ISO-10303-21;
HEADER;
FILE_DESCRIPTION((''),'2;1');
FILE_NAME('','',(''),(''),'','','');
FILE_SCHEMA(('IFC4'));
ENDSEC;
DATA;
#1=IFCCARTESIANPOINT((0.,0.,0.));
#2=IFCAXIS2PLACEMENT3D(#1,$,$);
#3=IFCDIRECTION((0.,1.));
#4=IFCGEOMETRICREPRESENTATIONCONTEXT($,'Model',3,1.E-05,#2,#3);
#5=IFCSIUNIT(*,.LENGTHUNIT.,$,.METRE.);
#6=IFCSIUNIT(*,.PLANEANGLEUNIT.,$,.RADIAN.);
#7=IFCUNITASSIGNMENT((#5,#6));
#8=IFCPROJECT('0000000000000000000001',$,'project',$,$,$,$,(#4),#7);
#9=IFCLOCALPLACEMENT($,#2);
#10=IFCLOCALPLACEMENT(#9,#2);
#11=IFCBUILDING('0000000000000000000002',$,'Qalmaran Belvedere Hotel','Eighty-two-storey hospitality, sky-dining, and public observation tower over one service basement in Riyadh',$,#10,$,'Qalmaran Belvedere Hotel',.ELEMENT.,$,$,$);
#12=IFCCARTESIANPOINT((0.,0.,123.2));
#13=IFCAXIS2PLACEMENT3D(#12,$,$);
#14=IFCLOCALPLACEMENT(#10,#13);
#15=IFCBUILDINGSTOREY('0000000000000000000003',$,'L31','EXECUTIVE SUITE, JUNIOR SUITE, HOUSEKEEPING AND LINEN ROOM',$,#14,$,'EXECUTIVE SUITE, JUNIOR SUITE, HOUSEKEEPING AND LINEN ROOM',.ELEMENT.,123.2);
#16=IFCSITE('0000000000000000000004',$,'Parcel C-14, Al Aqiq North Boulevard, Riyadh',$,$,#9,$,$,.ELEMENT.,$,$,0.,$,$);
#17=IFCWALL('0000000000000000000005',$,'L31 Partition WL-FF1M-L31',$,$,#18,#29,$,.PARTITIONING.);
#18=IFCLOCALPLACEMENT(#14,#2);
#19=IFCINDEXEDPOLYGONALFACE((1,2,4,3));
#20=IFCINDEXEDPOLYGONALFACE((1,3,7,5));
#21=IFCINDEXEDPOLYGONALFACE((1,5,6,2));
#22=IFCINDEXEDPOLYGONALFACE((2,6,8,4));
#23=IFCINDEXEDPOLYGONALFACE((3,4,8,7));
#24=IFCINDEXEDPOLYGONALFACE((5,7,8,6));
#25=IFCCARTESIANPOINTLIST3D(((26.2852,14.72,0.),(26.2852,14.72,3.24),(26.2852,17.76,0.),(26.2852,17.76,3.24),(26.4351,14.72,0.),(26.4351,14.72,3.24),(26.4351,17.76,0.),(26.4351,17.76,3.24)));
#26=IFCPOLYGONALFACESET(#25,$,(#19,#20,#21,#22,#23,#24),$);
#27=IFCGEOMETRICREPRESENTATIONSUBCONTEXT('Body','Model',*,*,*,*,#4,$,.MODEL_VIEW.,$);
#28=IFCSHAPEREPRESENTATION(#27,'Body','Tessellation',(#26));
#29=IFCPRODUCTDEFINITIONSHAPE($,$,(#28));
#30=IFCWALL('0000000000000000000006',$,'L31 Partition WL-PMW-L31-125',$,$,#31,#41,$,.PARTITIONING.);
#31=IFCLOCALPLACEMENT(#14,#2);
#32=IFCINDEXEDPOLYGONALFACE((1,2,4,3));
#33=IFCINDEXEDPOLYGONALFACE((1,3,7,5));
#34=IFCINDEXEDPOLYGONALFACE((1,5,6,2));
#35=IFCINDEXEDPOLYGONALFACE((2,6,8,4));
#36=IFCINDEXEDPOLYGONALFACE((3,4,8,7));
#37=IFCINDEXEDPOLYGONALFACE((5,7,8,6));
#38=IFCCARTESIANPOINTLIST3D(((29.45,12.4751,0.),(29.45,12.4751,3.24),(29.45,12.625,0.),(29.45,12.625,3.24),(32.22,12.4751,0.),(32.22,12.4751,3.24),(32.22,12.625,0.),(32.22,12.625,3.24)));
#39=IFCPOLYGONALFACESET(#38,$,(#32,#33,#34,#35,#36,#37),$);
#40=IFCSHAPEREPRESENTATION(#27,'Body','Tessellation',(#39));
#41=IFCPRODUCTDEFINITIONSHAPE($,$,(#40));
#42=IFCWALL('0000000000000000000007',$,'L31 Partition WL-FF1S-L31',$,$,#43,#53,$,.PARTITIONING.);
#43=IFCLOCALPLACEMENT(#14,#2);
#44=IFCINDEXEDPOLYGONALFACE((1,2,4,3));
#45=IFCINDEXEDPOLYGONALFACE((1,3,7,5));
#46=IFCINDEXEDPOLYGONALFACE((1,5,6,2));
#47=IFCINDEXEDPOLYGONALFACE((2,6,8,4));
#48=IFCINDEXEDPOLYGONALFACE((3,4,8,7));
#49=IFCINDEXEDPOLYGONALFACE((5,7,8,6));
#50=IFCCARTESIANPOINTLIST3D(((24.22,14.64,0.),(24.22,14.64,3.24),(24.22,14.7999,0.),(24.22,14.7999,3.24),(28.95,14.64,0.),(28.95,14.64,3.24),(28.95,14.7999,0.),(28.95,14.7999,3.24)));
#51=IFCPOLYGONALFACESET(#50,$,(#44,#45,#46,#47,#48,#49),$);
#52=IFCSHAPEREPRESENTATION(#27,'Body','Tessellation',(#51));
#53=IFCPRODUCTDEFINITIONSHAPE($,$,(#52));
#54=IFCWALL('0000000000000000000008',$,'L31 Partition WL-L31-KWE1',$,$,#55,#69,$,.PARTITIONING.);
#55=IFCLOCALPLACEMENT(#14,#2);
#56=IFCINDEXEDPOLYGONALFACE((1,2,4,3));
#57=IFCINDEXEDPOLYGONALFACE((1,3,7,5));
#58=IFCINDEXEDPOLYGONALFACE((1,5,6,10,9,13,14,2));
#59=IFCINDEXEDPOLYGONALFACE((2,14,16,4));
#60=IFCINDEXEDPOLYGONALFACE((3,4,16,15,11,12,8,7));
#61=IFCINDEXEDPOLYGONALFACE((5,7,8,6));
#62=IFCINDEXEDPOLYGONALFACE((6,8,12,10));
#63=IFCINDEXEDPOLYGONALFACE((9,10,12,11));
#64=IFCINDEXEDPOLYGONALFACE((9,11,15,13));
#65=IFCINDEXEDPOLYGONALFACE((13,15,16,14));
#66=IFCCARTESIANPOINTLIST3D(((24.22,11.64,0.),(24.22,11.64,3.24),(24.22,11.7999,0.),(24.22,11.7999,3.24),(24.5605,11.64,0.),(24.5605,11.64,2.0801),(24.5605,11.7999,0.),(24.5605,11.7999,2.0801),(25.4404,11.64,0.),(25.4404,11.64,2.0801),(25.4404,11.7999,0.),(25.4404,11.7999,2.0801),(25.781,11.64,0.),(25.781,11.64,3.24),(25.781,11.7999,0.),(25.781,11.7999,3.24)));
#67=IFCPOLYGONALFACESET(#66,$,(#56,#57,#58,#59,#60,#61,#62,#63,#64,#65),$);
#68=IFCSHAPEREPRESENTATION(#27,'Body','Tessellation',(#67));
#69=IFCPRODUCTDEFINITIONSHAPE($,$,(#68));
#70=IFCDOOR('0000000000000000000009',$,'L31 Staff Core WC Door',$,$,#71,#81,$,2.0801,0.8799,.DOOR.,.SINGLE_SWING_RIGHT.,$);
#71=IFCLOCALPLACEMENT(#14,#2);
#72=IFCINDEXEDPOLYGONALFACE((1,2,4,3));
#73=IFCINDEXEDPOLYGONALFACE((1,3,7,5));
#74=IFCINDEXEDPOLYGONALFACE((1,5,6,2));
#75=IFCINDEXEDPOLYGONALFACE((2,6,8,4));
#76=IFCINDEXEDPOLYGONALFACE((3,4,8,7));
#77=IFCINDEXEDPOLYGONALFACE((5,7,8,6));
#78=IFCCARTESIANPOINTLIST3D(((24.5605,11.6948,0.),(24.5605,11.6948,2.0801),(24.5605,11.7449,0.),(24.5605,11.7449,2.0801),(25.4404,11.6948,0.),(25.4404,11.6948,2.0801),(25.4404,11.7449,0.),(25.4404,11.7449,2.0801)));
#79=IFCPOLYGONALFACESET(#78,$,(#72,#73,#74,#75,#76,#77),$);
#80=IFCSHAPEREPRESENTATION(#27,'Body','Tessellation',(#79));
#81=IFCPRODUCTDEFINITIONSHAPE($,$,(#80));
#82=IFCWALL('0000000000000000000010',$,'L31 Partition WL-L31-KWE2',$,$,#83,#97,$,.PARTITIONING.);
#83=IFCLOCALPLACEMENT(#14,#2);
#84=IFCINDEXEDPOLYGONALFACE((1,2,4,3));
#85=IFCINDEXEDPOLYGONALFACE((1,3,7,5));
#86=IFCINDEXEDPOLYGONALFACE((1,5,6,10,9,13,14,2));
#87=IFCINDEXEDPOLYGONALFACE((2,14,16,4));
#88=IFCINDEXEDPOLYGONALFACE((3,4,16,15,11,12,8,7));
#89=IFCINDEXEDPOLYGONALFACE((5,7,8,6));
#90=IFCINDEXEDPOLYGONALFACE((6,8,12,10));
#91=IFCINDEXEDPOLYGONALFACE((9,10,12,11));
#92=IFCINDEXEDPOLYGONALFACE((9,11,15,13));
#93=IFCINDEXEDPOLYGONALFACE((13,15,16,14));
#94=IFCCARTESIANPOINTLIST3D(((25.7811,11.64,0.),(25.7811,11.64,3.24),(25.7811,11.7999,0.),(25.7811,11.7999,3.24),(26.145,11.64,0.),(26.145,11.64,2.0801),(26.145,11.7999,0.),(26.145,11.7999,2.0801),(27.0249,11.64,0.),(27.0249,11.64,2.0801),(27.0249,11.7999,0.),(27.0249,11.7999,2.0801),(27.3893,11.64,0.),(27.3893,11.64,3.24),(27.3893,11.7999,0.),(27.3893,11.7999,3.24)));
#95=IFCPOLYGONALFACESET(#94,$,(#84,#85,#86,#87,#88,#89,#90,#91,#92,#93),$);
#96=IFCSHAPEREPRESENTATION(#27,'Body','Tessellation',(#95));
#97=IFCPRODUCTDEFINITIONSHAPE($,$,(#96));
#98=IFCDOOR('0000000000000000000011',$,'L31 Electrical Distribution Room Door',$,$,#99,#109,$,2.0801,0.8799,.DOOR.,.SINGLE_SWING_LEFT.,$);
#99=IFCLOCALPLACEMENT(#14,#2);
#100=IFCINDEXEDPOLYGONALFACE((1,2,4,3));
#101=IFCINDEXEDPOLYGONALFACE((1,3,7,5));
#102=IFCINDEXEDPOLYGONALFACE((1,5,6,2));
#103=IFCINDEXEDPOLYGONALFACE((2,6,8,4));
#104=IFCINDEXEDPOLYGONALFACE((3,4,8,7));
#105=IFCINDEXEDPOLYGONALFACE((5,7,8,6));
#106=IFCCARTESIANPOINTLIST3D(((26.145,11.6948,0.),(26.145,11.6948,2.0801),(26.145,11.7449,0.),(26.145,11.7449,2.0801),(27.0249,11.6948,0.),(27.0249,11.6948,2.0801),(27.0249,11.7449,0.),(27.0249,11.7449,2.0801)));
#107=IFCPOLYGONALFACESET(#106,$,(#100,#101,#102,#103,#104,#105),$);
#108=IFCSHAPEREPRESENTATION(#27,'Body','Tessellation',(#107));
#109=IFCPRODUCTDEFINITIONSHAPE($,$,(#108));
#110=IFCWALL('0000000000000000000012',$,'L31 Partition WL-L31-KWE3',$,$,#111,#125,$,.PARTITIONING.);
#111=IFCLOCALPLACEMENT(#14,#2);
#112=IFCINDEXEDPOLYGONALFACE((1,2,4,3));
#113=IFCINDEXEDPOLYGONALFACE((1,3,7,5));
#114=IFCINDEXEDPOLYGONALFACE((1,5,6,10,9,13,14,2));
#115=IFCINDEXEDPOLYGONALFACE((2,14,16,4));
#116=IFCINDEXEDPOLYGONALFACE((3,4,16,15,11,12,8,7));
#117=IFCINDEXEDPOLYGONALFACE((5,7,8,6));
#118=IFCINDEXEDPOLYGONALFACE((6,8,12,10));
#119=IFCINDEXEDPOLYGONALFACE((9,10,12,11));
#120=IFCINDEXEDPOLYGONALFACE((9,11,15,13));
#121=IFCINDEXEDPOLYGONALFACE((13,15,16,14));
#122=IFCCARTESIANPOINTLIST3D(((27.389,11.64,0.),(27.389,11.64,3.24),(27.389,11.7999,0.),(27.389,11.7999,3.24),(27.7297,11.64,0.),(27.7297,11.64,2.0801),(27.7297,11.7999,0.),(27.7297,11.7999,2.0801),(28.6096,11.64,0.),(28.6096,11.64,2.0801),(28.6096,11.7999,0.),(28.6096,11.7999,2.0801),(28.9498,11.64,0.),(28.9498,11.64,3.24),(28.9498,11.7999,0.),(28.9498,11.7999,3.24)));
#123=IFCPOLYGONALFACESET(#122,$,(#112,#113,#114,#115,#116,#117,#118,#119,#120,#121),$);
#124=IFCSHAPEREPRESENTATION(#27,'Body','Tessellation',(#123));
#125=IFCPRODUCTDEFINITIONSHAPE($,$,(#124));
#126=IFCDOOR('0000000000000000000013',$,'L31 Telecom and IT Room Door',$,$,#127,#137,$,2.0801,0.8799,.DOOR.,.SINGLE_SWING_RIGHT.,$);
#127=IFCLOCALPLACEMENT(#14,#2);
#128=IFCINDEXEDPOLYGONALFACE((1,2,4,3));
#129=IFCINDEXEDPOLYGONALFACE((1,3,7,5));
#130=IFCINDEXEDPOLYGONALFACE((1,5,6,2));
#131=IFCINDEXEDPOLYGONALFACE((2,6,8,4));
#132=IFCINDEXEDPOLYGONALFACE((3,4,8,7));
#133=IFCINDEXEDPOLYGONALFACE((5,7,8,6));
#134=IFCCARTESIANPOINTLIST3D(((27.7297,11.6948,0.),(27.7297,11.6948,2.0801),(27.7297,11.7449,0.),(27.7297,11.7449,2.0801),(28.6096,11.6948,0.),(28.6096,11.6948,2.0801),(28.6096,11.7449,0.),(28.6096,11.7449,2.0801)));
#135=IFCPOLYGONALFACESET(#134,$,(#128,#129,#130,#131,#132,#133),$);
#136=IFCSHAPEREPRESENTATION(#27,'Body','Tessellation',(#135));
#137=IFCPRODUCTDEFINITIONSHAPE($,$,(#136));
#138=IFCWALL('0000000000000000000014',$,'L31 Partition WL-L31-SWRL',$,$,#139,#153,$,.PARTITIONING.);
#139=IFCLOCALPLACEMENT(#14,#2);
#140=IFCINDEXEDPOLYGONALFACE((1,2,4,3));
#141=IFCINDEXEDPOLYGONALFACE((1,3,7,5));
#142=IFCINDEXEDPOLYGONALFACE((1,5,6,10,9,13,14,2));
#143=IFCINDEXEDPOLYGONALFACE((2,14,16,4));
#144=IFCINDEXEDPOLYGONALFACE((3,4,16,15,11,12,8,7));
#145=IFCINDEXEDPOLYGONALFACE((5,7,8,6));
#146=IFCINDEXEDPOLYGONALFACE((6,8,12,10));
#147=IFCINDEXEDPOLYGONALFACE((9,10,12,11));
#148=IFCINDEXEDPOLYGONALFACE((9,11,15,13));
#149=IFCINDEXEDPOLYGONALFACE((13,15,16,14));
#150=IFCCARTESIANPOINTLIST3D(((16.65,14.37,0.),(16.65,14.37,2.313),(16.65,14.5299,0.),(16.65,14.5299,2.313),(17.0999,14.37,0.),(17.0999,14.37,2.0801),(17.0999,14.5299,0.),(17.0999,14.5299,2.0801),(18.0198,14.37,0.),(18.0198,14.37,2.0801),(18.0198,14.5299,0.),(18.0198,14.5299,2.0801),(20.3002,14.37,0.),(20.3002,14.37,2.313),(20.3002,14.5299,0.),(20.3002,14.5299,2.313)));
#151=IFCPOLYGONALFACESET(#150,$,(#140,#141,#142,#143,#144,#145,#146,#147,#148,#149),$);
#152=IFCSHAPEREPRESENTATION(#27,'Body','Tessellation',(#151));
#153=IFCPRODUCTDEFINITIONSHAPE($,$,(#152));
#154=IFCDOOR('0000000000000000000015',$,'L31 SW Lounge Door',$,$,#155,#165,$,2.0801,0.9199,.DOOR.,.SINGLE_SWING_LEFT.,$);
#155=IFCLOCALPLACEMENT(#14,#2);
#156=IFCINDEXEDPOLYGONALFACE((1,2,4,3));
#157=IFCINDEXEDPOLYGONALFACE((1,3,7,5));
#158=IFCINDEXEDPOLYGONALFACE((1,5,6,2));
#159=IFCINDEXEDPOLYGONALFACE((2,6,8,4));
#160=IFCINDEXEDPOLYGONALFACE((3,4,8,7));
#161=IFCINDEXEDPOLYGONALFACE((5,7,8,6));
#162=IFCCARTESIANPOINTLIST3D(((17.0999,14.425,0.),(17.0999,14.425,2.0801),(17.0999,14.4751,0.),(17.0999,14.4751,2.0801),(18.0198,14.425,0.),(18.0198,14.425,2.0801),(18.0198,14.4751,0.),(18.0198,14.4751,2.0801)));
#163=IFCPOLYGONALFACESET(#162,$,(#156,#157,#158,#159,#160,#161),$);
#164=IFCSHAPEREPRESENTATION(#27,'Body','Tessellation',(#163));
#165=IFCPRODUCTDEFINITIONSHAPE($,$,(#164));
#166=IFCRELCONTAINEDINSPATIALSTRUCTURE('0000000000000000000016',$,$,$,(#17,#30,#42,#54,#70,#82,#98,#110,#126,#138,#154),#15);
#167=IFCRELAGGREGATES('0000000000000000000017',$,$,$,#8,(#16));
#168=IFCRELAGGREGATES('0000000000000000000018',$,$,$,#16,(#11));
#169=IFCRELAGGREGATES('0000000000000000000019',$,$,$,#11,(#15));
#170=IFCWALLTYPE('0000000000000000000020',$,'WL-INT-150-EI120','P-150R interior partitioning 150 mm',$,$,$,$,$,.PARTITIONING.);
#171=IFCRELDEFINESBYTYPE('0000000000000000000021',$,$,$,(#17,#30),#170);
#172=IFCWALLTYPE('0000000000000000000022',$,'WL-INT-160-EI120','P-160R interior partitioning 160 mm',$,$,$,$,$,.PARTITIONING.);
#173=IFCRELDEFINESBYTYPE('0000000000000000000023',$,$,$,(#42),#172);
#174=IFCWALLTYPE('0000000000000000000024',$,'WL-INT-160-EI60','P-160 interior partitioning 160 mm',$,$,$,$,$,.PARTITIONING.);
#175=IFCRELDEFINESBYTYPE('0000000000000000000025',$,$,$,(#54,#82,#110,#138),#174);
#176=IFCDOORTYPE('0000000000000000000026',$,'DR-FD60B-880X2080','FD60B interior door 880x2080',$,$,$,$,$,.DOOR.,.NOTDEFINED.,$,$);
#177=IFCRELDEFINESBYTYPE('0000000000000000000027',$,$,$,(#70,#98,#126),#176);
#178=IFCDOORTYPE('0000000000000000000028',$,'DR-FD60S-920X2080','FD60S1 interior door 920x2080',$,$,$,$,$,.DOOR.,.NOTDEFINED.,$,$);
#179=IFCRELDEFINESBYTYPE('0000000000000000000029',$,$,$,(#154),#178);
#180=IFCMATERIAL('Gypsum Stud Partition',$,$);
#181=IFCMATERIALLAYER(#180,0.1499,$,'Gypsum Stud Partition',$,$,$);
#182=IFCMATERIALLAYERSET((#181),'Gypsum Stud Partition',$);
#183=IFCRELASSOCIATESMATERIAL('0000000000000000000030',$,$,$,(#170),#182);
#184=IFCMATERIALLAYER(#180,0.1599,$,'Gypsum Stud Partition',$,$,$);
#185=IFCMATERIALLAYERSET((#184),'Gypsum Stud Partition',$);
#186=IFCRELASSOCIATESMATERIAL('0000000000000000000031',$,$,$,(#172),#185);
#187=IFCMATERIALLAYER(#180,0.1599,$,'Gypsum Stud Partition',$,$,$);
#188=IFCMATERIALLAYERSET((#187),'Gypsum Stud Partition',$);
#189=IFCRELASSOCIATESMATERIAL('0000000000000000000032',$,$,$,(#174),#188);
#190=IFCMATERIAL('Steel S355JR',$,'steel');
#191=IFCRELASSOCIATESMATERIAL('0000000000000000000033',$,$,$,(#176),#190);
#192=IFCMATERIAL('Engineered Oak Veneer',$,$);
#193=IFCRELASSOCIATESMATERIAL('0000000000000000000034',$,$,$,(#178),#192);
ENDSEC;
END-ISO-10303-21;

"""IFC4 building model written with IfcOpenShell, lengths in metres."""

from ifc_helpers import new_model, si_unit, direction, frame, frame_2d, origin, place, context, subcontext, project, spatial, rectangle, extrude, material, layer, layer_set, type_object, element, fill, save


model = new_model("IFC4")

# Units and contexts
model_context = context("Model", 3, precision=1e-05, world=origin(), true_north=direction((0.0, 1.0)))
body_context = subcontext(model_context, "Body", "Model", "MODEL_VIEW")
ifc_project = project(units=[si_unit("LENGTHUNIT", "METRE"), si_unit("PLANEANGLEUNIT", "RADIAN")], contexts=[model_context])

# Site, building, storey
site_placement = place(None, origin())
site = spatial("IfcSite", under=ifc_project, at=site_placement, Name="Parcel C-14, Al Aqiq North Boulevard, Riyadh", CompositionType="ELEMENT", RefElevation=0.0)
building_placement = place(site_placement, origin())
building = spatial("IfcBuilding", under=site, at=building_placement, Name="Qalmaran Belvedere Hotel", Description="Eighty-two-storey hospitality, sky-dining, and public observation tower over one service basement in Riyadh", LongName="Qalmaran Belvedere Hotel", CompositionType="ELEMENT")
storey_placement = place(building_placement, frame((0.0, 0.0, 123.2)))
storey = spatial("IfcBuildingStorey", under=building, at=storey_placement, Name="L31", Description="EXECUTIVE SUITE, JUNIOR SUITE, HOUSEKEEPING AND LINEN ROOM", LongName="EXECUTIVE SUITE, JUNIOR SUITE, HOUSEKEEPING AND LINEN ROOM", CompositionType="ELEMENT", Elevation=123.2)

# Walls
ifc_material_1 = material(Name="Gypsum Stud Partition")
ifc_layer_1 = layer(ifc_material_1, 0.1499, Name="Gypsum Stud Partition")
ifc_layer_set_1 = layer_set([ifc_layer_1], Name="Gypsum Stud Partition")
wall_type_1 = type_object("IfcWallType", Name="WL-INT-150-EI120", Description="P-150R interior partitioning 150 mm", PredefinedType="PARTITIONING", material=ifc_layer_set_1)
wall_1_placement = place(storey_placement, frame((26.3601, 14.72, 0.0), z_axis=(0.0, 0.0, 1.0), x_axis=(0.0, 1.0, 0.0)))
element("IfcWall", 1, at=wall_1_placement, inside=storey, type_object=wall_type_1, Name="L31 Partition WL-FF1M-L31", PredefinedType="PARTITIONING", context=body_context, shape_type="SweptSolid", body=[
    extrude(rectangle(XDim=3.04, YDim=0.1499, at=frame_2d((1.52, 0.0))), origin(), (0.0, 0.0, 1.0), 3.24),
])
wall_2_placement = place(storey_placement, frame((29.45, 12.55, 0.0), z_axis=(0.0, 0.0, 1.0), x_axis=(1.0, 0.0, 0.0)))
element("IfcWall", 2, at=wall_2_placement, inside=storey, type_object=wall_type_1, Name="L31 Partition WL-PMW-L31-125", PredefinedType="PARTITIONING", context=body_context, shape_type="SweptSolid", body=[
    extrude(rectangle(XDim=2.77, YDim=0.1499, at=frame_2d((1.385, 0.0))), origin(), (0.0, 0.0, 1.0), 3.24),
])
ifc_layer_2 = layer(ifc_material_1, 0.1599, Name="Gypsum Stud Partition")
ifc_layer_set_2 = layer_set([ifc_layer_2], Name="Gypsum Stud Partition")
wall_type_2 = type_object("IfcWallType", Name="WL-INT-160-EI120", Description="P-160R interior partitioning 160 mm", PredefinedType="PARTITIONING", material=ifc_layer_set_2)
wall_3_placement = place(storey_placement, frame((24.22, 14.72, 0.0), z_axis=(0.0, 0.0, 1.0), x_axis=(1.0, 0.0, 0.0)))
element("IfcWall", 3, at=wall_3_placement, inside=storey, type_object=wall_type_2, Name="L31 Partition WL-FF1S-L31", PredefinedType="PARTITIONING", context=body_context, shape_type="SweptSolid", body=[
    extrude(rectangle(XDim=4.73, YDim=0.1599, at=frame_2d((2.365, 0.0))), origin(), (0.0, 0.0, 1.0), 3.24),
])

# Walls, openings, doors
ifc_layer_3 = layer(ifc_material_1, 0.1599, Name="Gypsum Stud Partition")
ifc_layer_set_3 = layer_set([ifc_layer_3], Name="Gypsum Stud Partition")
wall_type_3 = type_object("IfcWallType", Name="WL-INT-160-EI60", Description="P-160 interior partitioning 160 mm", PredefinedType="PARTITIONING", material=ifc_layer_set_3)
wall_4_placement = place(storey_placement, frame((24.22, 11.72, 0.0), z_axis=(0.0, 0.0, 1.0), x_axis=(1.0, 0.0, 0.0)))
wall_4 = element("IfcWall", 4, at=wall_4_placement, inside=storey, type_object=wall_type_3, Name="L31 Partition WL-L31-KWE1", PredefinedType="PARTITIONING", context=body_context, shape_type="SweptSolid", body=[
    extrude(rectangle(XDim=1.561, YDim=0.1599, at=frame_2d((0.7805, 0.0))), origin(), (0.0, 0.0, 1.0), 3.24),
])
opening_1_placement = place(wall_4_placement, frame((0.3406, 0.0, 0.0)))
opening_1 = element("IfcOpeningElement", 5, at=opening_1_placement, cuts=wall_4, PredefinedType="OPENING", context=body_context, shape_type="SweptSolid", body=[
    extrude(rectangle(XDim=0.8799, YDim=2.0801, at=frame_2d((0.4399, 1.04))), frame((0.0, 0.0898, 0.0), z_axis=(0.0, -1.0, 0.0), x_axis=(1.0, 0.0, 0.0)), (0.0, 0.0, 1.0), 0.1799),
])
ifc_material_2 = material(Name="Steel S355JR", Category="steel")
door_type_1 = type_object("IfcDoorType", Name="DR-FD60B-880X2080", Description="FD60B interior door 880x2080", OperationType="NOTDEFINED", PredefinedType="DOOR", material=ifc_material_2)
door_1_placement = place(opening_1_placement, origin())
door_1 = element("IfcDoor", 6, at=door_1_placement, inside=storey, type_object=door_type_1, Name="L31 Staff Core WC Door", OperationType="SINGLE_SWING_RIGHT", OverallHeight=2.0801, OverallWidth=0.8799, PredefinedType="DOOR", context=body_context, shape_type="SweptSolid", body=[
    extrude(rectangle(XDim=0.8799, YDim=2.0801, at=frame_2d((0.4399, 1.04))), frame((0.0, 0.0249, 0.0), z_axis=(0.0, -1.0, 0.0), x_axis=(1.0, 0.0, 0.0)), (0.0, 0.0, 1.0), 0.05),
])
fill(opening_1, door_1)
wall_5_placement = place(storey_placement, frame((25.781, 11.72, 0.0), z_axis=(0.0, 0.0, 1.0), x_axis=(1.0, 0.0, 0.0)))
wall_5 = element("IfcWall", 7, at=wall_5_placement, inside=storey, type_object=wall_type_3, Name="L31 Partition WL-L31-KWE2", PredefinedType="PARTITIONING", context=body_context, shape_type="SweptSolid", body=[
    extrude(rectangle(XDim=1.6082, YDim=0.1599, at=frame_2d((0.8042, 0.0))), origin(), (0.0, 0.0, 1.0), 3.24),
])
opening_2_placement = place(wall_5_placement, frame((0.364, 0.0, 0.0)))
opening_2 = element("IfcOpeningElement", 8, at=opening_2_placement, cuts=wall_5, PredefinedType="OPENING", context=body_context, shape_type="SweptSolid", body=[
    extrude(rectangle(XDim=0.8799, YDim=2.0801, at=frame_2d((0.4399, 1.04))), frame((0.0, 0.0898, 0.0), z_axis=(0.0, -1.0, 0.0), x_axis=(1.0, 0.0, 0.0)), (0.0, 0.0, 1.0), 0.1799),
])
door_2_placement = place(opening_2_placement, origin())
door_2 = element("IfcDoor", 9, at=door_2_placement, inside=storey, type_object=door_type_1, Name="L31 Electrical Distribution Room Door", OperationType="SINGLE_SWING_LEFT", OverallHeight=2.0801, OverallWidth=0.8799, PredefinedType="DOOR", context=body_context, shape_type="SweptSolid", body=[
    extrude(rectangle(XDim=0.8799, YDim=2.0801, at=frame_2d((0.4399, 1.04))), frame((0.0, 0.0249, 0.0), z_axis=(0.0, -1.0, 0.0), x_axis=(1.0, 0.0, 0.0)), (0.0, 0.0, 1.0), 0.05),
])
fill(opening_2, door_2)
wall_6_placement = place(storey_placement, frame((27.3892, 11.72, 0.0), z_axis=(0.0, 0.0, 1.0), x_axis=(1.0, 0.0, 0.0)))
wall_6 = element("IfcWall", 10, at=wall_6_placement, inside=storey, type_object=wall_type_3, Name="L31 Partition WL-L31-KWE3", PredefinedType="PARTITIONING", context=body_context, shape_type="SweptSolid", body=[
    extrude(rectangle(XDim=1.5608, YDim=0.1599, at=frame_2d((0.7803, 0.0))), origin(), (0.0, 0.0, 1.0), 3.24),
])
opening_3_placement = place(wall_6_placement, frame((0.3406, 0.0, 0.0)))
opening_3 = element("IfcOpeningElement", 11, at=opening_3_placement, cuts=wall_6, PredefinedType="OPENING", context=body_context, shape_type="SweptSolid", body=[
    extrude(rectangle(XDim=0.8799, YDim=2.0801, at=frame_2d((0.4399, 1.04))), frame((0.0, 0.0898, 0.0), z_axis=(0.0, -1.0, 0.0), x_axis=(1.0, 0.0, 0.0)), (0.0, 0.0, 1.0), 0.1799),
])
door_3_placement = place(opening_3_placement, origin())
door_3 = element("IfcDoor", 12, at=door_3_placement, inside=storey, type_object=door_type_1, Name="L31 Telecom and IT Room Door", OperationType="SINGLE_SWING_RIGHT", OverallHeight=2.0801, OverallWidth=0.8799, PredefinedType="DOOR", context=body_context, shape_type="SweptSolid", body=[
    extrude(rectangle(XDim=0.8799, YDim=2.0801, at=frame_2d((0.4399, 1.04))), frame((0.0, 0.0249, 0.0), z_axis=(0.0, -1.0, 0.0), x_axis=(1.0, 0.0, 0.0)), (0.0, 0.0, 1.0), 0.05),
])
fill(opening_3, door_3)
wall_7_placement = place(storey_placement, frame((16.6499, 14.45, 0.0), z_axis=(0.0, 0.0, 1.0), x_axis=(1.0, 0.0, 0.0)))
wall_7 = element("IfcWall", 13, at=wall_7_placement, inside=storey, type_object=wall_type_3, Name="L31 Partition WL-L31-SWRL", PredefinedType="PARTITIONING", context=body_context, shape_type="SweptSolid", body=[
    extrude(rectangle(XDim=3.6501, YDim=0.1599, at=frame_2d((1.8252, 0.0))), origin(), (0.0, 0.0, 1.0), 2.313),
])
opening_4_placement = place(wall_7_placement, frame((1.3699, 0.0, 0.0), z_axis=(0.0, 0.0, 1.0), x_axis=(-1.0, 0.0, 0.0)))
opening_4 = element("IfcOpeningElement", 14, at=opening_4_placement, cuts=wall_7, PredefinedType="OPENING", context=body_context, shape_type="SweptSolid", body=[
    extrude(rectangle(XDim=0.9199, YDim=2.0801, at=frame_2d((0.46, 1.04))), frame((0.0, 0.0898, 0.0), z_axis=(0.0, -1.0, 0.0), x_axis=(1.0, 0.0, 0.0)), (0.0, 0.0, 1.0), 0.1799),
])
ifc_material_3 = material(Name="Engineered Oak Veneer")
door_type_2 = type_object("IfcDoorType", Name="DR-FD60S-920X2080", Description="FD60S1 interior door 920x2080", OperationType="NOTDEFINED", PredefinedType="DOOR", material=ifc_material_3)
door_4_placement = place(opening_4_placement, origin())
door_4 = element("IfcDoor", 15, at=door_4_placement, inside=storey, type_object=door_type_2, Name="L31 SW Lounge Door", OperationType="SINGLE_SWING_LEFT", OverallHeight=2.0801, OverallWidth=0.9199, PredefinedType="DOOR", context=body_context, shape_type="SweptSolid", body=[
    extrude(rectangle(XDim=0.9199, YDim=2.0801, at=frame_2d((0.46, 1.04))), frame((0.0, 0.0249, 0.0), z_axis=(0.0, -1.0, 0.0), x_axis=(1.0, 0.0, 0.0)), (0.0, 0.0, 1.0), 0.05),
])
fill(opening_4, door_4)

save(model, "model.ifc")
